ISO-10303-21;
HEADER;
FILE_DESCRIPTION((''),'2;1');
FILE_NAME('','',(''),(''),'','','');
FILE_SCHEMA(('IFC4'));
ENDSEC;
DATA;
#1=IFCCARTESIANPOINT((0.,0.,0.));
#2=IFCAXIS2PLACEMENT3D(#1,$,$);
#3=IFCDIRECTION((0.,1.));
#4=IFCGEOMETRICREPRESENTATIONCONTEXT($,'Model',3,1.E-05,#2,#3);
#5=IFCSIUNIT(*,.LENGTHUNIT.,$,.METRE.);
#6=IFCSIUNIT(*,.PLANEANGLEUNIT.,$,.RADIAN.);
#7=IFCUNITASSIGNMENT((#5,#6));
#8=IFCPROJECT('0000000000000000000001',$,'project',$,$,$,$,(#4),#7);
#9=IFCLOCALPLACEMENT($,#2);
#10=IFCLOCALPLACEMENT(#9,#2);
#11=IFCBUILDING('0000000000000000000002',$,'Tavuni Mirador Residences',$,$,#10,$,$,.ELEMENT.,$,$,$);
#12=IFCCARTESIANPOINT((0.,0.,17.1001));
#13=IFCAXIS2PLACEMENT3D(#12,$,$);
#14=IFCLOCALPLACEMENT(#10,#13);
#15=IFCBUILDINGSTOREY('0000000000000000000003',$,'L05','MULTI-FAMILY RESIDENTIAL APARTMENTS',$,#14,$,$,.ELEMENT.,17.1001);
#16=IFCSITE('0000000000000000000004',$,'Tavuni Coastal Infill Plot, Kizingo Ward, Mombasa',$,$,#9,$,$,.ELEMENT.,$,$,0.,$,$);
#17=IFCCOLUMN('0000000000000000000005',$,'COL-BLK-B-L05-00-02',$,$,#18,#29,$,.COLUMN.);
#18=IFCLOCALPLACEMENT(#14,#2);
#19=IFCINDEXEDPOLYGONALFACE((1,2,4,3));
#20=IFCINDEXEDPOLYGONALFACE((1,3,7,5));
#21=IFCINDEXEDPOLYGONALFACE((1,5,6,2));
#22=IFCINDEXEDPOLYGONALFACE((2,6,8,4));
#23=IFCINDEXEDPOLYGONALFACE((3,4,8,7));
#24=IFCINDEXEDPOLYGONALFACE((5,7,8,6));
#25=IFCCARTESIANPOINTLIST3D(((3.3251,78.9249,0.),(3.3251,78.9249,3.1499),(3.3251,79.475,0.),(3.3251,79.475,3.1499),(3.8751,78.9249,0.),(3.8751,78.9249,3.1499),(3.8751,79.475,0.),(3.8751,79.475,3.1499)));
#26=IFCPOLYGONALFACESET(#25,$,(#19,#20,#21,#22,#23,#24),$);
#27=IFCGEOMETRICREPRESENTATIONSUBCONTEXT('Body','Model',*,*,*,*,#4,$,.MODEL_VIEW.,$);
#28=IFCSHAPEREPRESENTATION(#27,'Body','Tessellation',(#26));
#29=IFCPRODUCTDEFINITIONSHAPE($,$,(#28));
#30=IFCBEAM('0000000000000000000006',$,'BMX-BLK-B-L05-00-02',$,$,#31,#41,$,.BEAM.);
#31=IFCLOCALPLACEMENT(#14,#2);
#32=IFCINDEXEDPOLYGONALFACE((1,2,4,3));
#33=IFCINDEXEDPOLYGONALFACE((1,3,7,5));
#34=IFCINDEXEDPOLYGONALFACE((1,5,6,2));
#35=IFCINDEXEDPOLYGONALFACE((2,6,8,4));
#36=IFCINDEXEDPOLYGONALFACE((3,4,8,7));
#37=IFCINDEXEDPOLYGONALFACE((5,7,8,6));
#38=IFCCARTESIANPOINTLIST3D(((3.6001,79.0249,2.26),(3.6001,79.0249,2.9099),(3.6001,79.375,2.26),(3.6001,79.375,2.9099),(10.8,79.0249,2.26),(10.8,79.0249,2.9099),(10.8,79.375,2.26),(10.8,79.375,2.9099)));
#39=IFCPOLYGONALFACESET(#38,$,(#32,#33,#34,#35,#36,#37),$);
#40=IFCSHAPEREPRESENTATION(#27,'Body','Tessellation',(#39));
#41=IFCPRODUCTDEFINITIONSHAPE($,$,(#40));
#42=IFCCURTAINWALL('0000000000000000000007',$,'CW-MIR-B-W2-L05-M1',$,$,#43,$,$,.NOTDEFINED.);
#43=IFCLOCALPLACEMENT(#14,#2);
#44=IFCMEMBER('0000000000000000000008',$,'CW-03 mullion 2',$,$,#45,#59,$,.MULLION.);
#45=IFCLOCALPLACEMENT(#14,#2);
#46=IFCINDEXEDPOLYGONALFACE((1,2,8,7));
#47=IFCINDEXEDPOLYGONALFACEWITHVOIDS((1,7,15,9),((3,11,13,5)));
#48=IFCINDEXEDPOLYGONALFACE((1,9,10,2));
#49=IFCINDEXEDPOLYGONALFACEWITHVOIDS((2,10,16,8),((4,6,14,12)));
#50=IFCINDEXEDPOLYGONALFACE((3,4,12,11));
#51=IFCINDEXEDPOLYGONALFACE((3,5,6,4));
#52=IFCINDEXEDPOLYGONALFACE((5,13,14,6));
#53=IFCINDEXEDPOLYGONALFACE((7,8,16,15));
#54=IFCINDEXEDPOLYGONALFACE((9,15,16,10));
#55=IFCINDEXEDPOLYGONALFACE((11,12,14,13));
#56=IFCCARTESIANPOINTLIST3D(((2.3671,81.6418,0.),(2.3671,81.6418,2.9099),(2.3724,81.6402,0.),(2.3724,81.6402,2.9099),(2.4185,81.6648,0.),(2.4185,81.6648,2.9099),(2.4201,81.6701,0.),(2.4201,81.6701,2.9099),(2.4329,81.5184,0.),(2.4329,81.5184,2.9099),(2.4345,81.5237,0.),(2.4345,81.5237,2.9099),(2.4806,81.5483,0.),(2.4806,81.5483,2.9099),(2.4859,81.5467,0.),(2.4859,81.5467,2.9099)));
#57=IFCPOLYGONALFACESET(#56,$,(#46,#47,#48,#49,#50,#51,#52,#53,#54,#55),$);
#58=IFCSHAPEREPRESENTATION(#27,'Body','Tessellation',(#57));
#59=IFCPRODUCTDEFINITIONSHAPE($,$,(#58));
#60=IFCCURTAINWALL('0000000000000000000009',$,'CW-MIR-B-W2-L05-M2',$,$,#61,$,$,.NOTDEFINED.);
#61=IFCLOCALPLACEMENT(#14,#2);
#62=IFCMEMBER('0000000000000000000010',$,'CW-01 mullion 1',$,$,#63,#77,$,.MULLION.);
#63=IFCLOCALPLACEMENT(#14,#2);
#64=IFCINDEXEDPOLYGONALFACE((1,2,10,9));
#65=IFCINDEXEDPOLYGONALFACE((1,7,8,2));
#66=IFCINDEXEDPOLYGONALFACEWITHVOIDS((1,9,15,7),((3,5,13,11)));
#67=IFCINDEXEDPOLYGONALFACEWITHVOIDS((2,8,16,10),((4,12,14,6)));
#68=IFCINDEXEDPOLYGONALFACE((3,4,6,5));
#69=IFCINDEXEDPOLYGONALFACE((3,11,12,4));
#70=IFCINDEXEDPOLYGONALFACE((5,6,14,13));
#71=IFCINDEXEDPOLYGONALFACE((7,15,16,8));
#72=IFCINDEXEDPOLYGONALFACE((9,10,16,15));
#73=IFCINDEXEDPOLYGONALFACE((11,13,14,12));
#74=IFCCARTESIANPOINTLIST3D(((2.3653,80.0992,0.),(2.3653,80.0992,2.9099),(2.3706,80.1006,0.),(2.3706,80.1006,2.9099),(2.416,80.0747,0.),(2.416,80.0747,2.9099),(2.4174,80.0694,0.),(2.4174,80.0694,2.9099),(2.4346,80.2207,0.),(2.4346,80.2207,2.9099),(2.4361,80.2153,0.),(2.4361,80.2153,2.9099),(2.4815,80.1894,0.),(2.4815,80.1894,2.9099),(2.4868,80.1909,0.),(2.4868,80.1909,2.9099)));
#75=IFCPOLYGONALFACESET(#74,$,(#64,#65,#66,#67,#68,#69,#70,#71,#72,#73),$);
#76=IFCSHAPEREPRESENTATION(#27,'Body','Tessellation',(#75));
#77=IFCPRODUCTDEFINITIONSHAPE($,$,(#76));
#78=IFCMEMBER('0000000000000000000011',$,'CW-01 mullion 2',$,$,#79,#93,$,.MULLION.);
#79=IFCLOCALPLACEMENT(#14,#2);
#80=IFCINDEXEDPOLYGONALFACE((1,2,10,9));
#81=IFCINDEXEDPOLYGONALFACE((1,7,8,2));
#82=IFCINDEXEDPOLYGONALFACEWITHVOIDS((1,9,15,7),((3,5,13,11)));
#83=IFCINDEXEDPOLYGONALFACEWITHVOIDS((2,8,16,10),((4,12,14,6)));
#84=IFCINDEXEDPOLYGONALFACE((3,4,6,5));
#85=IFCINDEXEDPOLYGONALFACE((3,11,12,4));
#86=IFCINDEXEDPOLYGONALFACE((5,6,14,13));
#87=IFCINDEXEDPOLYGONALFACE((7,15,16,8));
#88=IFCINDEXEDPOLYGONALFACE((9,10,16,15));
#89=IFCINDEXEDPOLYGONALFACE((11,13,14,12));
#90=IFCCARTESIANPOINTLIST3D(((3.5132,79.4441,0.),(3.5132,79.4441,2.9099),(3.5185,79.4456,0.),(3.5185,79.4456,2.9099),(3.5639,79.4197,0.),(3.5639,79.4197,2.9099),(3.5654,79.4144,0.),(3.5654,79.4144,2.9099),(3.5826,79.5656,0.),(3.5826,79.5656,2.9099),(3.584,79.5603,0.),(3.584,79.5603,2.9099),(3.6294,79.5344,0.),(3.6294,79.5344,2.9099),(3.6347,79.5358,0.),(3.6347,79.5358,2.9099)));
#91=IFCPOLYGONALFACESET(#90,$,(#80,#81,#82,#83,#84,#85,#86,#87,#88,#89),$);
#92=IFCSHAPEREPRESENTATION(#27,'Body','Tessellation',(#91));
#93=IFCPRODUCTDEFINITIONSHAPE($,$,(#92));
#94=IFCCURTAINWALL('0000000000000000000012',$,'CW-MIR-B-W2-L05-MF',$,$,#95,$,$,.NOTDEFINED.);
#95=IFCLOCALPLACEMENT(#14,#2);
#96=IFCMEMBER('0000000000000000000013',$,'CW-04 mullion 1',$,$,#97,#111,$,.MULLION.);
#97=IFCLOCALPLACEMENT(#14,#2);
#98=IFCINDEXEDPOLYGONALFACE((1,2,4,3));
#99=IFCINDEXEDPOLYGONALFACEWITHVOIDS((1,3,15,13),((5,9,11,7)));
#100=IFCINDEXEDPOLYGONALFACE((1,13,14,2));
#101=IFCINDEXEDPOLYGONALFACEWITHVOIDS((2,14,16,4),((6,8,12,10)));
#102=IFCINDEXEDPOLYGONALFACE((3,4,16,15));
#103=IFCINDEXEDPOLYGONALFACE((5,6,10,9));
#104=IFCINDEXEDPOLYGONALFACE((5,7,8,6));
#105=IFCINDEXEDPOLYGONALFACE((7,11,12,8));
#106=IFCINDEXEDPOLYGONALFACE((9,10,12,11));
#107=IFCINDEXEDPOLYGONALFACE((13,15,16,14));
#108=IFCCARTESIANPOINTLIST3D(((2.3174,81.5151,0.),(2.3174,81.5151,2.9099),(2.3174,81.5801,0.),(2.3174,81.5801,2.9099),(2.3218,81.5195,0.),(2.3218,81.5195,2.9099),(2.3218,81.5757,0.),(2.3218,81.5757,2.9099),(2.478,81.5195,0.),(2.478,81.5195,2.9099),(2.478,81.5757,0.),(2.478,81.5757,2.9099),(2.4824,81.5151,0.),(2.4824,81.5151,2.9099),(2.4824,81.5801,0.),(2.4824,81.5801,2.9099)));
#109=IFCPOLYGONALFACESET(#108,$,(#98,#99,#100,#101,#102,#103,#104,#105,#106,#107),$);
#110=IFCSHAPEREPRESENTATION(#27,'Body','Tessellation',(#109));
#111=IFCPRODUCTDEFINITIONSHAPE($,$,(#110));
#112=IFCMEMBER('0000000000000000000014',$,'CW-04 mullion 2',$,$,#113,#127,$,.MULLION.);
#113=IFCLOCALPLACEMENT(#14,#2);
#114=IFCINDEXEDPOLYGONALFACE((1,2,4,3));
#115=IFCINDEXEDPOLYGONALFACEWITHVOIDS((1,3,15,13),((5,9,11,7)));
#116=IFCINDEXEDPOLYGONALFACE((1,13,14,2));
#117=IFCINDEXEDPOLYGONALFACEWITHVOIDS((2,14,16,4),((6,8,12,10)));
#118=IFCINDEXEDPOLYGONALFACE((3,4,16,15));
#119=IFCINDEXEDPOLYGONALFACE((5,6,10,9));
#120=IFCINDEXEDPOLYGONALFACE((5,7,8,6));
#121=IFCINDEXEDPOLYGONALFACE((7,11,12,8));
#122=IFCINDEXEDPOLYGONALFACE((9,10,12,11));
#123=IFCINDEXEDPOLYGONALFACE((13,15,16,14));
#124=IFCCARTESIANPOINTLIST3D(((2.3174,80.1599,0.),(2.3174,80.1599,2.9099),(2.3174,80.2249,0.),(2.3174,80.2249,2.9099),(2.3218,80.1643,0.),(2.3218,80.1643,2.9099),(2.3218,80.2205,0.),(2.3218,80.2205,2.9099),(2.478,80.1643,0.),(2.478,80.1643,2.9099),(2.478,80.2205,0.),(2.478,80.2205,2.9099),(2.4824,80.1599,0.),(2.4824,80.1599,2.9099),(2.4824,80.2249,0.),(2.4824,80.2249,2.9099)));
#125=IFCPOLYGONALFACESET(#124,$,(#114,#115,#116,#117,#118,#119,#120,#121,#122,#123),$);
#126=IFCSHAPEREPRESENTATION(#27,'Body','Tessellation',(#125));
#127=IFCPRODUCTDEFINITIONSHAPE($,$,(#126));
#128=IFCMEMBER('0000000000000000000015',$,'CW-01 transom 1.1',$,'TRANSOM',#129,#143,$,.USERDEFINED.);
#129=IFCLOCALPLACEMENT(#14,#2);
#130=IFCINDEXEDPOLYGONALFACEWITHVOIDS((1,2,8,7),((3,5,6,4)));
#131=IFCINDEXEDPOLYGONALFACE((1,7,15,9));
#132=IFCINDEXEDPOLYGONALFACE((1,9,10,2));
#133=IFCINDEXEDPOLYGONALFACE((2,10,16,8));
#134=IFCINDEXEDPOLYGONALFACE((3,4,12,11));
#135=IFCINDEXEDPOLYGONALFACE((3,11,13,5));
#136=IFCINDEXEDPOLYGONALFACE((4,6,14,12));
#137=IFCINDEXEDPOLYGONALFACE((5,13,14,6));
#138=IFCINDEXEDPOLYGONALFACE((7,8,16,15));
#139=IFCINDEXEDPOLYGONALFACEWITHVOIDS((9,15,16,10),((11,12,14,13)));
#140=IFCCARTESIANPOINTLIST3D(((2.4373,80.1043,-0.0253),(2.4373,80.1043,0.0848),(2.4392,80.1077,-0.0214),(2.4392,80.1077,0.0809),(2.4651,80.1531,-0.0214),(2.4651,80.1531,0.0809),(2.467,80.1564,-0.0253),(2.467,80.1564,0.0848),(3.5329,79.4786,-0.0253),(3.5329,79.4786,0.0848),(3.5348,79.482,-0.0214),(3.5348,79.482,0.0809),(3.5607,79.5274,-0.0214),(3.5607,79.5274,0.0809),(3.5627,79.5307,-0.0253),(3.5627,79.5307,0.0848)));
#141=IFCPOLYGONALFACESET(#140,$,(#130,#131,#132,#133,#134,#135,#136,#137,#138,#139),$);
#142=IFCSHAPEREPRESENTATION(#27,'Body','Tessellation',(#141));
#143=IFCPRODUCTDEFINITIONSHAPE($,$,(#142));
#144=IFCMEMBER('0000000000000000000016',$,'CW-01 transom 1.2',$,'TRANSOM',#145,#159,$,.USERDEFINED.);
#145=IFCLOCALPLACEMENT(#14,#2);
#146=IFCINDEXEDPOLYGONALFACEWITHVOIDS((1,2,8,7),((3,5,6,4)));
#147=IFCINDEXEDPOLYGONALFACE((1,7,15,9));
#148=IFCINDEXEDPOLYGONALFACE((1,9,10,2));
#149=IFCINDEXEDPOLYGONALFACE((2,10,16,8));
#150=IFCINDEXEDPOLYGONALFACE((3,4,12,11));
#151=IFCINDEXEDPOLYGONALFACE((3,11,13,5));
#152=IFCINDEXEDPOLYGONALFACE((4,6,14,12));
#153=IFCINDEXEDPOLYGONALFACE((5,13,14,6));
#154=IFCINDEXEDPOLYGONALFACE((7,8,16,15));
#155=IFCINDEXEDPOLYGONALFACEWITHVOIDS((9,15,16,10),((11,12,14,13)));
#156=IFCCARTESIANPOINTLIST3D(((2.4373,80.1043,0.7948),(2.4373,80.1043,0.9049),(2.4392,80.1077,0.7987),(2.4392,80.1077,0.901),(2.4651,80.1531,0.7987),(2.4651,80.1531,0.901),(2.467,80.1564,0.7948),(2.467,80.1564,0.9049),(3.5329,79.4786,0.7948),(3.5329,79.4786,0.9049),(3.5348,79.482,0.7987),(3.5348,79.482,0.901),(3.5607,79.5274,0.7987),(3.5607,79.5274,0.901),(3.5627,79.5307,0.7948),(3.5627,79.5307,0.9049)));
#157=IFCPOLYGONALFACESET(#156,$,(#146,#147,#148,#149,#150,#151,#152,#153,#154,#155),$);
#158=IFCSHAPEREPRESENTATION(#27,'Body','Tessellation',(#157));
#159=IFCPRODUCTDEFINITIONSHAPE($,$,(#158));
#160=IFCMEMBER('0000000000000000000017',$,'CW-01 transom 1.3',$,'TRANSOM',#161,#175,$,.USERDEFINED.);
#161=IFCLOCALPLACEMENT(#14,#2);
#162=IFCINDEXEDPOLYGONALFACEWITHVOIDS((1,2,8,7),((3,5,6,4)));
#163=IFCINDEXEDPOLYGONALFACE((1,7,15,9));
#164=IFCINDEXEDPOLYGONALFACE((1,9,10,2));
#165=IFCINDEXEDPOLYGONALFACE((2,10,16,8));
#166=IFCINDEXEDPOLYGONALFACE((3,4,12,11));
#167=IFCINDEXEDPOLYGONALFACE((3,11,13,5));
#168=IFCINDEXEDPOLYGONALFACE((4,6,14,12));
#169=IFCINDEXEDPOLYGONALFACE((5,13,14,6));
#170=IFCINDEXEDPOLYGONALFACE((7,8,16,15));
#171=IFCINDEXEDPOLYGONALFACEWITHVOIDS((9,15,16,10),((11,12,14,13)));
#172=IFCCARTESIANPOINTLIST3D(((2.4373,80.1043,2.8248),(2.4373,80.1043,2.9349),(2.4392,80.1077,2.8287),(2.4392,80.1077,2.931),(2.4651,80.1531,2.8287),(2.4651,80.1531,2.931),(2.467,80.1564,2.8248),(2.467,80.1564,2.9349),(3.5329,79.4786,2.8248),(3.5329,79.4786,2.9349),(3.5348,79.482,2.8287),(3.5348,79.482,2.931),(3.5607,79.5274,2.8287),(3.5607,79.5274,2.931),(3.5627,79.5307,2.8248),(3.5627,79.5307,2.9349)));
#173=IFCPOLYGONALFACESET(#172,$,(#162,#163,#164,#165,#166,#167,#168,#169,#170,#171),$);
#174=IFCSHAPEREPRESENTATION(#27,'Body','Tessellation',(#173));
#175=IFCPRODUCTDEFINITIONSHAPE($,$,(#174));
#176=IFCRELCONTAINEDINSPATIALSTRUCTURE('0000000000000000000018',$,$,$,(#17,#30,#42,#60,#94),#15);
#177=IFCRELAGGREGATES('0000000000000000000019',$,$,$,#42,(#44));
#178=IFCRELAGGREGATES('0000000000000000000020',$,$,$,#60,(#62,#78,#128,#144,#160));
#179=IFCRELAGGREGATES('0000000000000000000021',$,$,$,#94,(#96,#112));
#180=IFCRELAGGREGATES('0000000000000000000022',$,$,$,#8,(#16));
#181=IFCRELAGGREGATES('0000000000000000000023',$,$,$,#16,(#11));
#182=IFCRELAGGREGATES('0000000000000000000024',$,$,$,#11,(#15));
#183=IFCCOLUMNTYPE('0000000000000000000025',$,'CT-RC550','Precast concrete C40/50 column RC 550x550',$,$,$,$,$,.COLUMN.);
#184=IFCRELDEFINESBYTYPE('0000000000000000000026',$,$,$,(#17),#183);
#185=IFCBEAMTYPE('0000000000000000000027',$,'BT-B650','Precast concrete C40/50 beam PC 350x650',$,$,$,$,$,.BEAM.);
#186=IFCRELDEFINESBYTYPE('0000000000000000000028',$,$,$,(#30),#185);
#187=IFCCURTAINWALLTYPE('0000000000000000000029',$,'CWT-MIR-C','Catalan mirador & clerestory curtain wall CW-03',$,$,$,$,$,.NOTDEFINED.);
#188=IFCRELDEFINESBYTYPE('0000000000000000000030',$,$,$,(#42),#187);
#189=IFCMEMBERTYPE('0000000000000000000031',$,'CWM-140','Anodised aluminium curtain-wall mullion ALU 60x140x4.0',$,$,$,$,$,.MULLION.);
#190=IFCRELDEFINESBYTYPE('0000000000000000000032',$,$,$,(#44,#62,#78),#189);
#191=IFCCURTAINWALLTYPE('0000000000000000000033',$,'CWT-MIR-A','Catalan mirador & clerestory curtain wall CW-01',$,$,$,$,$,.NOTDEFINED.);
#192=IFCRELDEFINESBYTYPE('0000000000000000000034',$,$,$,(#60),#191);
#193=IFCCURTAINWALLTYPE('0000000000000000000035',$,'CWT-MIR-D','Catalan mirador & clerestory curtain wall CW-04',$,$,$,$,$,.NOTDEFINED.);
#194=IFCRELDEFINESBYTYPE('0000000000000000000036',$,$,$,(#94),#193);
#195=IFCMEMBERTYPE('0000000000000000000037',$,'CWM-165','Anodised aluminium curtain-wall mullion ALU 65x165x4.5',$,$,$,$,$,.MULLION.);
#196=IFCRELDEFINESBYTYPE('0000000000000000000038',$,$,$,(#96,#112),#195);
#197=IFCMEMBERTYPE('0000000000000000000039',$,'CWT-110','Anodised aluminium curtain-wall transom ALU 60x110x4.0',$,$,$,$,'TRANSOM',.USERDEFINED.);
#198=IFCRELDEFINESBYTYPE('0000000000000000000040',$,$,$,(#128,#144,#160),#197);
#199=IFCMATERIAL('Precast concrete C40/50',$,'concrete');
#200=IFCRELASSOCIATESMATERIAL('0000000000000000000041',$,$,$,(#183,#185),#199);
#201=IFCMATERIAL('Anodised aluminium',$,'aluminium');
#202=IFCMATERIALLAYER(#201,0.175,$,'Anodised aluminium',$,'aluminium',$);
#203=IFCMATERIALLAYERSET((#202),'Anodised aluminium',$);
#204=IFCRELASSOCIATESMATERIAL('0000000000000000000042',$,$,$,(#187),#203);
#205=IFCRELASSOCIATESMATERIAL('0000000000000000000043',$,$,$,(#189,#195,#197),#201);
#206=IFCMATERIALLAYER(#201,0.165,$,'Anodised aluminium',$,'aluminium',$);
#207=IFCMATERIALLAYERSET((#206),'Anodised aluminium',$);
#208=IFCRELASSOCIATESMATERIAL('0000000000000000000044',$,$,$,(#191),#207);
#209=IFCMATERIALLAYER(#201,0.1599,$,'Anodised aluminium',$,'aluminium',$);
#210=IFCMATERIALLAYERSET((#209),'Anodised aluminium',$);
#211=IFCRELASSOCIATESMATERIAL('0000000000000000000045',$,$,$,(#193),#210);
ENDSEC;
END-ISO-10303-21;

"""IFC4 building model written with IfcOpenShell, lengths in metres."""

from ifc_helpers import new_model, si_unit, direction, frame, origin, origin_2d, place, context, subcontext, project, spatial, rectangle, hollow_rectangle, extrude, material, layer, layer_set, material_profile, profile_set, type_object, element, aggregate, save


model = new_model("IFC4")

# Units and contexts
model_context = context("Model", 3, precision=1e-05, world=origin(), true_north=direction((0.0, 1.0)))
body_context = subcontext(model_context, "Body", "Model", "MODEL_VIEW")
ifc_project = project(units=[si_unit("LENGTHUNIT", "METRE"), si_unit("PLANEANGLEUNIT", "RADIAN")], contexts=[model_context])

# Site, building, storey
site_placement = place(None, origin())
site = spatial("IfcSite", under=ifc_project, at=site_placement, Name="Tavuni Coastal Infill Plot, Kizingo Ward, Mombasa", CompositionType="ELEMENT", RefElevation=0.0)
building_placement = place(site_placement, origin())
building = spatial("IfcBuilding", under=site, at=building_placement, Name="Tavuni Mirador Residences", CompositionType="ELEMENT")
storey_placement = place(building_placement, frame((0.0, 0.0, 17.1001)))
storey = spatial("IfcBuildingStorey", under=building, at=storey_placement, Name="L05", Description="MULTI-FAMILY RESIDENTIAL APARTMENTS", CompositionType="ELEMENT", Elevation=17.1001)

# Column
ifc_material_1 = material(Name="Precast concrete C40/50", Category="concrete")
ifc_material_profile_1 = material_profile(ifc_material_1, rectangle(XDim=0.55, YDim=0.55, at=origin_2d()), Name="RC 550x550", Category="concrete")
ifc_profile_set_1 = profile_set([ifc_material_profile_1], Name="Precast concrete C40/50")
column_type = type_object("IfcColumnType", Name="CT-RC550", Description="Precast concrete C40/50 column RC 550x550", PredefinedType="COLUMN", material=ifc_profile_set_1)
column_placement = place(storey_placement, frame((3.6001, 79.2, 0.0), z_axis=(0.0, 0.0, 1.0), x_axis=(1.0, 0.0, 0.0)))
element("IfcColumn", 1, at=column_placement, inside=storey, type_object=column_type, Name="COL-BLK-B-L05-00-02", PredefinedType="COLUMN", context=body_context, shape_type="SweptSolid", body=[
    extrude(rectangle(XDim=0.55, YDim=0.55, at=origin_2d()), origin(), (0.0, 0.0, 1.0), 3.1499),
])

# Beam
ifc_material_profile_2 = material_profile(ifc_material_1, rectangle(XDim=0.3501, YDim=0.6499, at=origin_2d()), Name="PC 350x650", Category="concrete")
ifc_profile_set_2 = profile_set([ifc_material_profile_2], Name="Precast concrete C40/50")
beam_type = type_object("IfcBeamType", Name="BT-B650", Description="Precast concrete C40/50 beam PC 350x650", PredefinedType="BEAM", material=ifc_profile_set_2)
beam_placement = place(storey_placement, frame((3.6001, 79.2, 2.585), z_axis=(1.0, 0.0, 0.0), x_axis=(0.0, 1.0, 0.0)))
element("IfcBeam", 2, at=beam_placement, inside=storey, type_object=beam_type, Name="BMX-BLK-B-L05-00-02", PredefinedType="BEAM", context=body_context, shape_type="SweptSolid", body=[
    extrude(rectangle(XDim=0.3501, YDim=0.6499, at=origin_2d()), origin(), (0.0, 0.0, 1.0), 7.2),
])

# Curtain wall, member
ifc_material_2 = material(Name="Anodised aluminium", Category="aluminium")
ifc_layer_1 = layer(ifc_material_2, 0.175, Name="Anodised aluminium", Category="aluminium")
ifc_layer_set_1 = layer_set([ifc_layer_1], Name="Anodised aluminium")
curtain_wall_type_1 = type_object("IfcCurtainWallType", Name="CWT-MIR-C", Description="Catalan mirador & clerestory curtain wall CW-03", PredefinedType="NOTDEFINED", material=ifc_layer_set_1)
curtain_wall_1_placement = place(storey_placement, origin())
curtain_wall_1 = element("IfcCurtainWall", 3, at=curtain_wall_1_placement, inside=storey, type_object=curtain_wall_type_1, Name="CW-MIR-B-W2-L05-M1", PredefinedType="NOTDEFINED")
ifc_material_profile_3 = material_profile(ifc_material_2, hollow_rectangle(XDim=0.0601, YDim=0.1399, WallThickness=0.0039, at=origin_2d()), Name="ALU 60x140x4.0", Category="aluminium")
ifc_profile_set_3 = profile_set([ifc_material_profile_3], Name="Anodised aluminium")
member_type_1 = type_object("IfcMemberType", Name="CWM-140", Description="Anodised aluminium curtain-wall mullion ALU 60x140x4.0", PredefinedType="MULLION", material=ifc_profile_set_3)
member_1_placement = place(storey_placement, frame((2.4265, 81.5942, 0.0), z_axis=(0.0, 0.0, 1.0), x_axis=(-0.882353, -0.470588, 0.0)))
member_1 = element("IfcMember", 4, at=member_1_placement, type_object=member_type_1, Name="CW-03 mullion 2", PredefinedType="MULLION", context=body_context, shape_type="SweptSolid", body=[
    extrude(hollow_rectangle(XDim=0.0601, YDim=0.1399, WallThickness=0.0039, at=origin_2d()), origin(), (0.0, 0.0, 1.0), 2.9099),
])

# Curtain walls, members
ifc_layer_2 = layer(ifc_material_2, 0.165, Name="Anodised aluminium", Category="aluminium")
ifc_layer_set_2 = layer_set([ifc_layer_2], Name="Anodised aluminium")
curtain_wall_type_2 = type_object("IfcCurtainWallType", Name="CWT-MIR-A", Description="Catalan mirador & clerestory curtain wall CW-01", PredefinedType="NOTDEFINED", material=ifc_layer_set_2)
curtain_wall_2_placement = place(storey_placement, origin())
curtain_wall_2 = element("IfcCurtainWall", 5, at=curtain_wall_2_placement, inside=storey, type_object=curtain_wall_type_2, Name="CW-MIR-B-W2-L05-M2", PredefinedType="NOTDEFINED")
member_2_placement = place(storey_placement, frame((2.426, 80.145, 0.0), z_axis=(0.0, 0.0, 1.0), x_axis=(0.868466, -0.495749, 0.0)))
member_2 = element("IfcMember", 6, at=member_2_placement, type_object=member_type_1, Name="CW-01 mullion 1", PredefinedType="MULLION", context=body_context, shape_type="SweptSolid", body=[
    extrude(hollow_rectangle(XDim=0.0601, YDim=0.1399, WallThickness=0.0039, at=origin_2d()), origin(), (0.0, 0.0, 1.0), 2.9099),
])
member_3_placement = place(storey_placement, frame((3.574, 79.49, 0.0), z_axis=(0.0, 0.0, 1.0), x_axis=(0.868466, -0.495749, 0.0)))
member_3 = element("IfcMember", 7, at=member_3_placement, type_object=member_type_1, Name="CW-01 mullion 2", PredefinedType="MULLION", context=body_context, shape_type="SweptSolid", body=[
    extrude(hollow_rectangle(XDim=0.0601, YDim=0.1399, WallThickness=0.0039, at=origin_2d()), origin(), (0.0, 0.0, 1.0), 2.9099),
])
ifc_layer_3 = layer(ifc_material_2, 0.1599, Name="Anodised aluminium", Category="aluminium")
ifc_layer_set_3 = layer_set([ifc_layer_3], Name="Anodised aluminium")
curtain_wall_type_3 = type_object("IfcCurtainWallType", Name="CWT-MIR-D", Description="Catalan mirador & clerestory curtain wall CW-04", PredefinedType="NOTDEFINED", material=ifc_layer_set_3)
curtain_wall_3_placement = place(storey_placement, origin())
curtain_wall_3 = element("IfcCurtainWall", 8, at=curtain_wall_3_placement, inside=storey, type_object=curtain_wall_type_3, Name="CW-MIR-B-W2-L05-MF", PredefinedType="NOTDEFINED")
ifc_material_profile_4 = material_profile(ifc_material_2, hollow_rectangle(XDim=0.0649, YDim=0.165, WallThickness=0.0044, at=origin_2d()), Name="ALU 65x165x4.5", Category="aluminium")
ifc_profile_set_4 = profile_set([ifc_material_profile_4], Name="Anodised aluminium")
member_type_2 = type_object("IfcMemberType", Name="CWM-165", Description="Anodised aluminium curtain-wall mullion ALU 65x165x4.5", PredefinedType="MULLION", material=ifc_profile_set_4)
member_4_placement = place(storey_placement, frame((2.3999, 81.5476, 0.0), z_axis=(0.0, 0.0, 1.0), x_axis=(0.0, -1.0, 0.0)))
member_4 = element("IfcMember", 9, at=member_4_placement, type_object=member_type_2, Name="CW-04 mullion 1", PredefinedType="MULLION", context=body_context, shape_type="SweptSolid", body=[
    extrude(hollow_rectangle(XDim=0.0649, YDim=0.165, WallThickness=0.0044, at=origin_2d()), origin(), (0.0, 0.0, 1.0), 2.9099),
])
member_5_placement = place(storey_placement, frame((2.3999, 80.1924, 0.0), z_axis=(0.0, 0.0, 1.0), x_axis=(0.0, -1.0, 0.0)))
member_5 = element("IfcMember", 10, at=member_5_placement, type_object=member_type_2, Name="CW-04 mullion 2", PredefinedType="MULLION", context=body_context, shape_type="SweptSolid", body=[
    extrude(hollow_rectangle(XDim=0.0649, YDim=0.165, WallThickness=0.0044, at=origin_2d()), origin(), (0.0, 0.0, 1.0), 2.9099),
])

# Members
ifc_material_profile_5 = material_profile(ifc_material_2, hollow_rectangle(XDim=0.0601, YDim=0.1101, WallThickness=0.0039, at=origin_2d()), Name="ALU 60x110x4.0", Category="aluminium")
ifc_profile_set_5 = profile_set([ifc_material_profile_5], Name="Anodised aluminium")
member_type_3 = type_object("IfcMemberType", Name="CWT-110", Description="Anodised aluminium curtain-wall transom ALU 60x110x4.0", ElementType="TRANSOM", PredefinedType="USERDEFINED", material=ifc_profile_set_5)
member_6_placement = place(storey_placement, frame((2.4521, 80.1304, 0.0298), z_axis=(0.868374, -0.49591, 0.0), x_axis=(0.49591, 0.868374, 0.0)))
member_6 = element("IfcMember", 11, at=member_6_placement, type_object=member_type_3, Name="CW-01 transom 1.1", ObjectType="TRANSOM", PredefinedType="USERDEFINED", context=body_context, shape_type="SweptSolid", body=[
    extrude(hollow_rectangle(XDim=0.0601, YDim=0.1101, WallThickness=0.0039, at=origin_2d()), origin(), (0.0, 0.0, 1.0), 1.2617),
])
member_7_placement = place(storey_placement, frame((2.4521, 80.1304, 0.8499), z_axis=(0.868374, -0.49591, 0.0), x_axis=(0.49591, 0.868374, 0.0)))
member_7 = element("IfcMember", 12, at=member_7_placement, type_object=member_type_3, Name="CW-01 transom 1.2", ObjectType="TRANSOM", PredefinedType="USERDEFINED", context=body_context, shape_type="SweptSolid", body=[
    extrude(hollow_rectangle(XDim=0.0601, YDim=0.1101, WallThickness=0.0039, at=origin_2d()), origin(), (0.0, 0.0, 1.0), 1.2617),
])
member_8_placement = place(storey_placement, frame((2.4521, 80.1304, 2.8799), z_axis=(0.868374, -0.49591, 0.0), x_axis=(0.49591, 0.868374, 0.0)))
member_8 = element("IfcMember", 13, at=member_8_placement, type_object=member_type_3, Name="CW-01 transom 1.3", ObjectType="TRANSOM", PredefinedType="USERDEFINED", context=body_context, shape_type="SweptSolid", body=[
    extrude(hollow_rectangle(XDim=0.0601, YDim=0.1101, WallThickness=0.0039, at=origin_2d()), origin(), (0.0, 0.0, 1.0), 1.2617),
])

aggregate(curtain_wall_1, [member_1])
aggregate(curtain_wall_2, [member_2, member_3, member_6, member_7, member_8])
aggregate(curtain_wall_3, [member_4, member_5])

save(model, "model.ifc")
